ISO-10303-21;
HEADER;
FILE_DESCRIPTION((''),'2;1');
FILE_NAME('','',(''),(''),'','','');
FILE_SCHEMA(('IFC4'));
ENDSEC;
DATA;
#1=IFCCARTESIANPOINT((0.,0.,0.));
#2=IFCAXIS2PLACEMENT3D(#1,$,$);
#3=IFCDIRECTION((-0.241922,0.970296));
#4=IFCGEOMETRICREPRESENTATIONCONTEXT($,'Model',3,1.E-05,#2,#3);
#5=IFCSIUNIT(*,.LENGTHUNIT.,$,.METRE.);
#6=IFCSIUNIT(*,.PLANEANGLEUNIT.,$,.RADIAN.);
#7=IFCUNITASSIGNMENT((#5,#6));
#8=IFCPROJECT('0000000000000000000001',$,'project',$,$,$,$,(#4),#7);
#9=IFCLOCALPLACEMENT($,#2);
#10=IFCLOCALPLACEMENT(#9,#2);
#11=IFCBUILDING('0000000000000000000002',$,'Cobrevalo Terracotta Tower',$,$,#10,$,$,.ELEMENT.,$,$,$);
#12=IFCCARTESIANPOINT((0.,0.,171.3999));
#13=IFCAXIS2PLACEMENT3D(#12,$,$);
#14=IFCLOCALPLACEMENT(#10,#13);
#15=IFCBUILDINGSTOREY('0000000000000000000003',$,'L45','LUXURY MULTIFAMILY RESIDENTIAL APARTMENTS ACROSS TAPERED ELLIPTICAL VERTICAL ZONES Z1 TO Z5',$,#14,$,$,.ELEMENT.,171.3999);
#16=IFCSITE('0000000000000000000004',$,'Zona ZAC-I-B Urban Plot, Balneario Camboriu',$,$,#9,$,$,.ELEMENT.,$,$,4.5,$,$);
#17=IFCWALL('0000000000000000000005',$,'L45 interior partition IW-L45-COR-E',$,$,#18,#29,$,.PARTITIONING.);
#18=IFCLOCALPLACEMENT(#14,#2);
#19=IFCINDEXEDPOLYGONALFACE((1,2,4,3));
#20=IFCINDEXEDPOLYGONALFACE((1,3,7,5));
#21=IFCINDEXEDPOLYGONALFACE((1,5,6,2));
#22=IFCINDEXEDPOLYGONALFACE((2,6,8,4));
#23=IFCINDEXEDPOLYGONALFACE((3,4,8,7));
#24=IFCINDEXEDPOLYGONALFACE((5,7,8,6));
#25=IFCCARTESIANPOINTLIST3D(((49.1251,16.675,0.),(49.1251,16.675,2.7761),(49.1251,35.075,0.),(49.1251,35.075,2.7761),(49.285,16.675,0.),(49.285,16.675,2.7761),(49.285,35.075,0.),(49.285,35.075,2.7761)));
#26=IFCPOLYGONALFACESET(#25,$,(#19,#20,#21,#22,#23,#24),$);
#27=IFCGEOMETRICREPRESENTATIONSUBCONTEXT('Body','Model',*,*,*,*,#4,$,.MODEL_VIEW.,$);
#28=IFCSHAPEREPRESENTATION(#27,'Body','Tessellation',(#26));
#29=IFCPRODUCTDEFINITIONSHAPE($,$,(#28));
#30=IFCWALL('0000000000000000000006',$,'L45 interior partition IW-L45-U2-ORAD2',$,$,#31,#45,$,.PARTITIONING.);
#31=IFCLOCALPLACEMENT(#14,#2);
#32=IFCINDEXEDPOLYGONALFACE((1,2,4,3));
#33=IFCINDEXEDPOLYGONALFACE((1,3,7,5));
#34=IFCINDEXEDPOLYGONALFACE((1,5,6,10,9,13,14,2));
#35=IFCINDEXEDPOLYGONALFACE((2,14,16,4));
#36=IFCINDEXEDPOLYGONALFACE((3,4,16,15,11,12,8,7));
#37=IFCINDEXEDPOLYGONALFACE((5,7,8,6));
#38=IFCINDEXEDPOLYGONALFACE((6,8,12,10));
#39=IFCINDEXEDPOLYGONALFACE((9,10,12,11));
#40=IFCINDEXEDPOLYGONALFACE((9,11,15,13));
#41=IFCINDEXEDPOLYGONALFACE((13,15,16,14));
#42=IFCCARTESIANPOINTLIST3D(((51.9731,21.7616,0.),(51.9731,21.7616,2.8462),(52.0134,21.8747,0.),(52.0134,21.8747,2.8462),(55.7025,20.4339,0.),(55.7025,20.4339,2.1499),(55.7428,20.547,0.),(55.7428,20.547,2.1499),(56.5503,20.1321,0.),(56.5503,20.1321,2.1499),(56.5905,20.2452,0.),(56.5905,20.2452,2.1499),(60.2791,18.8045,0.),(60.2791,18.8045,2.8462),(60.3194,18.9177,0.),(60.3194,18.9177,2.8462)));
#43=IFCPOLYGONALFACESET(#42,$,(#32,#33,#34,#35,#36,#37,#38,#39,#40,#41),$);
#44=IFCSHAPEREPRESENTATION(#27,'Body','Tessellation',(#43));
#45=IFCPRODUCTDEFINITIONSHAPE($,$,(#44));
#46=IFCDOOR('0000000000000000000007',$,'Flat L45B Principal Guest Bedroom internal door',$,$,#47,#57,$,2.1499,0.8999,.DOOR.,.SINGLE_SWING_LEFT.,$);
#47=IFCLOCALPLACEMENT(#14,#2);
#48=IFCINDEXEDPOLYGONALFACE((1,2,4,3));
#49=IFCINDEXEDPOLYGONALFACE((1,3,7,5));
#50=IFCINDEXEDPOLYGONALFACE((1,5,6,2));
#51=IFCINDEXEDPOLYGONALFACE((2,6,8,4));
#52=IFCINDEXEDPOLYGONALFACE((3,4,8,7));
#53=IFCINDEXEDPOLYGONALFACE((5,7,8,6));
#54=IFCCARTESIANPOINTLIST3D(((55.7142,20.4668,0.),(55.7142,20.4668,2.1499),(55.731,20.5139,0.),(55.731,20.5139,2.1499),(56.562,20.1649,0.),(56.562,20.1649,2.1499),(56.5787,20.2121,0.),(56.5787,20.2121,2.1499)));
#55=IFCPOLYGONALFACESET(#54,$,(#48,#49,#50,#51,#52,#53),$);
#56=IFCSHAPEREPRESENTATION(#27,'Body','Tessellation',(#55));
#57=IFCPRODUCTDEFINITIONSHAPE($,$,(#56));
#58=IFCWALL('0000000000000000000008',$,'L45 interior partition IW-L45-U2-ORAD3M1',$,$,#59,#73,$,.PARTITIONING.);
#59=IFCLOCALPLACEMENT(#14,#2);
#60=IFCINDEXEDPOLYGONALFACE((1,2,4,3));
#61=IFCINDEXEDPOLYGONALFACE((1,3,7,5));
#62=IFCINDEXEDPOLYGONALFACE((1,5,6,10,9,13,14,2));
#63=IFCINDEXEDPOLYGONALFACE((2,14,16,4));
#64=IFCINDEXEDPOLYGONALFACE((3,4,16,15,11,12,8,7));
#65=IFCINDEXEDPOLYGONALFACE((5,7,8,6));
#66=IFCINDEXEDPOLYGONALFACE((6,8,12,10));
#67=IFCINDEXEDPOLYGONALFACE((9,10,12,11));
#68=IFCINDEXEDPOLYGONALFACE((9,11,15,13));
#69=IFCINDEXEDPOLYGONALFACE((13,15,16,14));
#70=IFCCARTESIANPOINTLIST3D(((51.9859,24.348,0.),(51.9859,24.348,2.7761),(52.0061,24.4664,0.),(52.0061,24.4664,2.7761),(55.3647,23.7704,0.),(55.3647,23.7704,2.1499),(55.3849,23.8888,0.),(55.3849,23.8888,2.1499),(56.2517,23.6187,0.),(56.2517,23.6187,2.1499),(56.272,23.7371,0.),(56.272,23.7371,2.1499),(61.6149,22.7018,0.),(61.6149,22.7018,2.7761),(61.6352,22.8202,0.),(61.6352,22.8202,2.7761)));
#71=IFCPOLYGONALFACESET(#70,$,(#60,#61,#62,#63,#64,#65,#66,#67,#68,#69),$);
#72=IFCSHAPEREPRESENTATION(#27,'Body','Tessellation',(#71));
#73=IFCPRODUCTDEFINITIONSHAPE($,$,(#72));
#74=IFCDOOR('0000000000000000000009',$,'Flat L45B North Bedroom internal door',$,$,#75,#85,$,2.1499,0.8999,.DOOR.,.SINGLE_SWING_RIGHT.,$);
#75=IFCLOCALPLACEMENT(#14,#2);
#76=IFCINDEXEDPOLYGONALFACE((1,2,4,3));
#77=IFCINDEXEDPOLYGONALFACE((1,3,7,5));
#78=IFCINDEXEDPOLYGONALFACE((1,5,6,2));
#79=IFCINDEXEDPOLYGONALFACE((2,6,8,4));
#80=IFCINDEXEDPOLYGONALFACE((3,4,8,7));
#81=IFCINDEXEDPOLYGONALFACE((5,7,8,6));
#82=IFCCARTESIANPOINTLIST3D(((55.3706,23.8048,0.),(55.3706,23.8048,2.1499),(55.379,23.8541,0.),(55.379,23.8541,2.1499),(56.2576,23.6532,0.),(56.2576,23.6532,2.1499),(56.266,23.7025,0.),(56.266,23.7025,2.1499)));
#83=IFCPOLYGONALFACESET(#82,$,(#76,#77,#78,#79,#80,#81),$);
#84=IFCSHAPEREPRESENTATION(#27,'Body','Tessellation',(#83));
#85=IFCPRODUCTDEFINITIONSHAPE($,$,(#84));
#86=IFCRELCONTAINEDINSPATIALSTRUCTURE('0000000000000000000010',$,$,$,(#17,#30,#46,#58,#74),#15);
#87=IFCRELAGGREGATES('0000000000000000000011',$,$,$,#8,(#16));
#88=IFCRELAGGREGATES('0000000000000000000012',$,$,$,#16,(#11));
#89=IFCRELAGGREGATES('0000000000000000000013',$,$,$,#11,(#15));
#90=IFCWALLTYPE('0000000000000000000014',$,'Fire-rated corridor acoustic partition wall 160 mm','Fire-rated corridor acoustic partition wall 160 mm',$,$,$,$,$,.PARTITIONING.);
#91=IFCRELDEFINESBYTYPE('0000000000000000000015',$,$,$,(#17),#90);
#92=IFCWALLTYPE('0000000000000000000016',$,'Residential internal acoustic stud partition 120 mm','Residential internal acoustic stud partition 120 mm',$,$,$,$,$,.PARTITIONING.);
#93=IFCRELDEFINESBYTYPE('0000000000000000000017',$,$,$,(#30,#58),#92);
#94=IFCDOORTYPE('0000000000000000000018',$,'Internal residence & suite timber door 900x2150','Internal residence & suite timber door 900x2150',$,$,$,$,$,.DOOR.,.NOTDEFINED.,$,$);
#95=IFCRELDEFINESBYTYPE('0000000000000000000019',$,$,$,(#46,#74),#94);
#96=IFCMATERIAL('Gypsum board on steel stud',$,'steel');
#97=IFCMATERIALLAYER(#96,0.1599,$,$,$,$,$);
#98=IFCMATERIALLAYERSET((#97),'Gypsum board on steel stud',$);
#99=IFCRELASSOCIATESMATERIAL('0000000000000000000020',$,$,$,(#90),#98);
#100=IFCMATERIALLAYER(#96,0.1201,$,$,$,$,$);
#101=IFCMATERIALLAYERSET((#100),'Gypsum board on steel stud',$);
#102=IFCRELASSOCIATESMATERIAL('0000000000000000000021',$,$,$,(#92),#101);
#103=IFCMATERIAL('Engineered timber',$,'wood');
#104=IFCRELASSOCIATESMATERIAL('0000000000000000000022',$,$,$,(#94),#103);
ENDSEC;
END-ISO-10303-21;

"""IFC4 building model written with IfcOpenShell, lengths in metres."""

from ifc_helpers import new_model, si_unit, direction, frame, frame_2d, origin, place, context, subcontext, project, spatial, rectangle, extrude, source, transform, mapped, material, layer, layer_set, type_object, element, fill, save


model = new_model("IFC4")

# Units and contexts
model_context = context("Model", 3, precision=1e-05, world=origin(), true_north=direction((-0.241922, 0.970296)))
body_context = subcontext(model_context, "Body", "Model", "MODEL_VIEW")
ifc_project = project(units=[si_unit("LENGTHUNIT", "METRE"), si_unit("PLANEANGLEUNIT", "RADIAN")], contexts=[model_context])

# Site, building, storey
site_placement = place(None, origin())
site = spatial("IfcSite", under=ifc_project, at=site_placement, Name="Zona ZAC-I-B Urban Plot, Balneario Camboriu", CompositionType="ELEMENT", RefElevation=4.5)
building_placement = place(site_placement, origin())
building = spatial("IfcBuilding", under=site, at=building_placement, Name="Cobrevalo Terracotta Tower", CompositionType="ELEMENT")
storey_placement = place(building_placement, frame((0.0, 0.0, 171.3999)))
storey = spatial("IfcBuildingStorey", under=building, at=storey_placement, Name="L45", Description="LUXURY MULTIFAMILY RESIDENTIAL APARTMENTS ACROSS TAPERED ELLIPTICAL VERTICAL ZONES Z1 TO Z5", CompositionType="ELEMENT", Elevation=171.3999)

# Wall
ifc_material_1 = material(Name="Gypsum board on steel stud", Category="steel")
ifc_layer_1 = layer(ifc_material_1, 0.1599)
ifc_layer_set_1 = layer_set([ifc_layer_1], Name="Gypsum board on steel stud")
wall_type_1 = type_object("IfcWallType", Name="Fire-rated corridor acoustic partition wall 160 mm", Description="Fire-rated corridor acoustic partition wall 160 mm", PredefinedType="PARTITIONING", material=ifc_layer_set_1)
wall_1_placement = place(storey_placement, frame((49.2051, 16.675, 0.0), z_axis=(0.0, 0.0, 1.0), x_axis=(0.0, 1.0, 0.0)))
element("IfcWall", 1, at=wall_1_placement, inside=storey, type_object=wall_type_1, Name="L45 interior partition IW-L45-COR-E", PredefinedType="PARTITIONING", context=body_context, shape_type="SweptSolid", body=[
    extrude(rectangle(XDim=18.3999, YDim=0.1599, at=frame_2d((9.2, 0.0))), origin(), (0.0, 0.0, 1.0), 2.7761),
])

# Walls, openings, doors
ifc_layer_2 = layer(ifc_material_1, 0.1201)
ifc_layer_set_2 = layer_set([ifc_layer_2], Name="Gypsum board on steel stud")
wall_type_2 = type_object("IfcWallType", Name="Residential internal acoustic stud partition 120 mm", Description="Residential internal acoustic stud partition 120 mm", PredefinedType="PARTITIONING", material=ifc_layer_set_2)
wall_2_placement = place(storey_placement, frame((51.9934, 21.8181, 0.0), z_axis=(0.0, 0.0, 1.0), x_axis=(0.942078, -0.335394, 0.0)))
wall_2 = element("IfcWall", 2, at=wall_2_placement, inside=storey, type_object=wall_type_2, Name="L45 interior partition IW-L45-U2-ORAD2", PredefinedType="PARTITIONING", context=body_context, shape_type="SweptSolid", body=[
    extrude(rectangle(XDim=8.8167, YDim=0.1201, at=frame_2d((4.4082, 0.0))), origin(), (0.0, 0.0, 1.0), 2.8462),
])
opening_1_placement = place(wall_2_placement, frame((3.9585, 0.0, 0.0)))
opening_1 = element("IfcOpeningElement", 3, at=opening_1_placement, cuts=wall_2, PredefinedType="OPENING", context=body_context, shape_type="SweptSolid", body=[
    extrude(rectangle(XDim=0.8999, YDim=2.1499, at=frame_2d((0.45, 1.075))), frame((0.0, 0.0701, 0.0), z_axis=(0.0, -1.0, 0.0), x_axis=(1.0, 0.0, 0.0)), (0.0, 0.0, 1.0), 0.1401),
])
ifc_material_2 = material(Name="Engineered timber", Category="wood")
door_type = type_object("IfcDoorType", Name="Internal residence & suite timber door 900x2150", Description="Internal residence & suite timber door 900x2150", OperationType="NOTDEFINED", PredefinedType="DOOR", material=ifc_material_2)
shared_shape_1 = source(origin(), body_context, "Body", "SweptSolid", [
    extrude(rectangle(XDim=0.8999, YDim=2.1499, at=frame_2d((0.45, 1.075))), frame((0.0, 0.0249, 0.0), z_axis=(0.0, -1.0, 0.0), x_axis=(1.0, 0.0, 0.0)), (0.0, 0.0, 1.0), 0.05),
])
door_1_placement = place(opening_1_placement, origin())
door_1 = element("IfcDoor", 4, at=door_1_placement, inside=storey, type_object=door_type, Name="Flat L45B Principal Guest Bedroom internal door", OperationType="SINGLE_SWING_LEFT", OverallHeight=2.1499, OverallWidth=0.8999, PredefinedType="DOOR", context=body_context, shape_type="MappedRepresentation", body=[
    mapped(shared_shape_1, transform((0.0, 0.0, 0.0), scale=1.0)),
])
fill(opening_1, door_1)
wall_3_placement = place(storey_placement, frame((51.9961, 24.4072, 0.0), z_axis=(0.0, 0.0, 1.0), x_axis=(0.985698, -0.168519, 0.0)))
wall_3 = element("IfcWall", 5, at=wall_3_placement, inside=storey, type_object=wall_type_2, Name="L45 interior partition IW-L45-U2-ORAD3M1", PredefinedType="PARTITIONING", context=body_context, shape_type="SweptSolid", body=[
    extrude(rectangle(XDim=9.7688, YDim=0.1201, at=frame_2d((4.8843, 0.0))), origin(), (0.0, 0.0, 1.0), 2.7761),
])
opening_2_placement = place(wall_3_placement, frame((3.4277, 0.0, 0.0)))
opening_2 = element("IfcOpeningElement", 6, at=opening_2_placement, cuts=wall_3, PredefinedType="OPENING", context=body_context, shape_type="SweptSolid", body=[
    extrude(rectangle(XDim=0.8999, YDim=2.1499, at=frame_2d((0.45, 1.075))), frame((0.0, 0.0701, 0.0), z_axis=(0.0, -1.0, 0.0), x_axis=(1.0, 0.0, 0.0)), (0.0, 0.0, 1.0), 0.1401),
])
door_2_placement = place(opening_2_placement, origin())
door_2 = element("IfcDoor", 7, at=door_2_placement, inside=storey, type_object=door_type, Name="Flat L45B North Bedroom internal door", OperationType="SINGLE_SWING_RIGHT", OverallHeight=2.1499, OverallWidth=0.8999, PredefinedType="DOOR", context=body_context, shape_type="MappedRepresentation", body=[
    mapped(shared_shape_1, transform((0.0, 0.0, 0.0), scale=1.0)),
])
fill(opening_2, door_2)

save(model, "model.ifc")
